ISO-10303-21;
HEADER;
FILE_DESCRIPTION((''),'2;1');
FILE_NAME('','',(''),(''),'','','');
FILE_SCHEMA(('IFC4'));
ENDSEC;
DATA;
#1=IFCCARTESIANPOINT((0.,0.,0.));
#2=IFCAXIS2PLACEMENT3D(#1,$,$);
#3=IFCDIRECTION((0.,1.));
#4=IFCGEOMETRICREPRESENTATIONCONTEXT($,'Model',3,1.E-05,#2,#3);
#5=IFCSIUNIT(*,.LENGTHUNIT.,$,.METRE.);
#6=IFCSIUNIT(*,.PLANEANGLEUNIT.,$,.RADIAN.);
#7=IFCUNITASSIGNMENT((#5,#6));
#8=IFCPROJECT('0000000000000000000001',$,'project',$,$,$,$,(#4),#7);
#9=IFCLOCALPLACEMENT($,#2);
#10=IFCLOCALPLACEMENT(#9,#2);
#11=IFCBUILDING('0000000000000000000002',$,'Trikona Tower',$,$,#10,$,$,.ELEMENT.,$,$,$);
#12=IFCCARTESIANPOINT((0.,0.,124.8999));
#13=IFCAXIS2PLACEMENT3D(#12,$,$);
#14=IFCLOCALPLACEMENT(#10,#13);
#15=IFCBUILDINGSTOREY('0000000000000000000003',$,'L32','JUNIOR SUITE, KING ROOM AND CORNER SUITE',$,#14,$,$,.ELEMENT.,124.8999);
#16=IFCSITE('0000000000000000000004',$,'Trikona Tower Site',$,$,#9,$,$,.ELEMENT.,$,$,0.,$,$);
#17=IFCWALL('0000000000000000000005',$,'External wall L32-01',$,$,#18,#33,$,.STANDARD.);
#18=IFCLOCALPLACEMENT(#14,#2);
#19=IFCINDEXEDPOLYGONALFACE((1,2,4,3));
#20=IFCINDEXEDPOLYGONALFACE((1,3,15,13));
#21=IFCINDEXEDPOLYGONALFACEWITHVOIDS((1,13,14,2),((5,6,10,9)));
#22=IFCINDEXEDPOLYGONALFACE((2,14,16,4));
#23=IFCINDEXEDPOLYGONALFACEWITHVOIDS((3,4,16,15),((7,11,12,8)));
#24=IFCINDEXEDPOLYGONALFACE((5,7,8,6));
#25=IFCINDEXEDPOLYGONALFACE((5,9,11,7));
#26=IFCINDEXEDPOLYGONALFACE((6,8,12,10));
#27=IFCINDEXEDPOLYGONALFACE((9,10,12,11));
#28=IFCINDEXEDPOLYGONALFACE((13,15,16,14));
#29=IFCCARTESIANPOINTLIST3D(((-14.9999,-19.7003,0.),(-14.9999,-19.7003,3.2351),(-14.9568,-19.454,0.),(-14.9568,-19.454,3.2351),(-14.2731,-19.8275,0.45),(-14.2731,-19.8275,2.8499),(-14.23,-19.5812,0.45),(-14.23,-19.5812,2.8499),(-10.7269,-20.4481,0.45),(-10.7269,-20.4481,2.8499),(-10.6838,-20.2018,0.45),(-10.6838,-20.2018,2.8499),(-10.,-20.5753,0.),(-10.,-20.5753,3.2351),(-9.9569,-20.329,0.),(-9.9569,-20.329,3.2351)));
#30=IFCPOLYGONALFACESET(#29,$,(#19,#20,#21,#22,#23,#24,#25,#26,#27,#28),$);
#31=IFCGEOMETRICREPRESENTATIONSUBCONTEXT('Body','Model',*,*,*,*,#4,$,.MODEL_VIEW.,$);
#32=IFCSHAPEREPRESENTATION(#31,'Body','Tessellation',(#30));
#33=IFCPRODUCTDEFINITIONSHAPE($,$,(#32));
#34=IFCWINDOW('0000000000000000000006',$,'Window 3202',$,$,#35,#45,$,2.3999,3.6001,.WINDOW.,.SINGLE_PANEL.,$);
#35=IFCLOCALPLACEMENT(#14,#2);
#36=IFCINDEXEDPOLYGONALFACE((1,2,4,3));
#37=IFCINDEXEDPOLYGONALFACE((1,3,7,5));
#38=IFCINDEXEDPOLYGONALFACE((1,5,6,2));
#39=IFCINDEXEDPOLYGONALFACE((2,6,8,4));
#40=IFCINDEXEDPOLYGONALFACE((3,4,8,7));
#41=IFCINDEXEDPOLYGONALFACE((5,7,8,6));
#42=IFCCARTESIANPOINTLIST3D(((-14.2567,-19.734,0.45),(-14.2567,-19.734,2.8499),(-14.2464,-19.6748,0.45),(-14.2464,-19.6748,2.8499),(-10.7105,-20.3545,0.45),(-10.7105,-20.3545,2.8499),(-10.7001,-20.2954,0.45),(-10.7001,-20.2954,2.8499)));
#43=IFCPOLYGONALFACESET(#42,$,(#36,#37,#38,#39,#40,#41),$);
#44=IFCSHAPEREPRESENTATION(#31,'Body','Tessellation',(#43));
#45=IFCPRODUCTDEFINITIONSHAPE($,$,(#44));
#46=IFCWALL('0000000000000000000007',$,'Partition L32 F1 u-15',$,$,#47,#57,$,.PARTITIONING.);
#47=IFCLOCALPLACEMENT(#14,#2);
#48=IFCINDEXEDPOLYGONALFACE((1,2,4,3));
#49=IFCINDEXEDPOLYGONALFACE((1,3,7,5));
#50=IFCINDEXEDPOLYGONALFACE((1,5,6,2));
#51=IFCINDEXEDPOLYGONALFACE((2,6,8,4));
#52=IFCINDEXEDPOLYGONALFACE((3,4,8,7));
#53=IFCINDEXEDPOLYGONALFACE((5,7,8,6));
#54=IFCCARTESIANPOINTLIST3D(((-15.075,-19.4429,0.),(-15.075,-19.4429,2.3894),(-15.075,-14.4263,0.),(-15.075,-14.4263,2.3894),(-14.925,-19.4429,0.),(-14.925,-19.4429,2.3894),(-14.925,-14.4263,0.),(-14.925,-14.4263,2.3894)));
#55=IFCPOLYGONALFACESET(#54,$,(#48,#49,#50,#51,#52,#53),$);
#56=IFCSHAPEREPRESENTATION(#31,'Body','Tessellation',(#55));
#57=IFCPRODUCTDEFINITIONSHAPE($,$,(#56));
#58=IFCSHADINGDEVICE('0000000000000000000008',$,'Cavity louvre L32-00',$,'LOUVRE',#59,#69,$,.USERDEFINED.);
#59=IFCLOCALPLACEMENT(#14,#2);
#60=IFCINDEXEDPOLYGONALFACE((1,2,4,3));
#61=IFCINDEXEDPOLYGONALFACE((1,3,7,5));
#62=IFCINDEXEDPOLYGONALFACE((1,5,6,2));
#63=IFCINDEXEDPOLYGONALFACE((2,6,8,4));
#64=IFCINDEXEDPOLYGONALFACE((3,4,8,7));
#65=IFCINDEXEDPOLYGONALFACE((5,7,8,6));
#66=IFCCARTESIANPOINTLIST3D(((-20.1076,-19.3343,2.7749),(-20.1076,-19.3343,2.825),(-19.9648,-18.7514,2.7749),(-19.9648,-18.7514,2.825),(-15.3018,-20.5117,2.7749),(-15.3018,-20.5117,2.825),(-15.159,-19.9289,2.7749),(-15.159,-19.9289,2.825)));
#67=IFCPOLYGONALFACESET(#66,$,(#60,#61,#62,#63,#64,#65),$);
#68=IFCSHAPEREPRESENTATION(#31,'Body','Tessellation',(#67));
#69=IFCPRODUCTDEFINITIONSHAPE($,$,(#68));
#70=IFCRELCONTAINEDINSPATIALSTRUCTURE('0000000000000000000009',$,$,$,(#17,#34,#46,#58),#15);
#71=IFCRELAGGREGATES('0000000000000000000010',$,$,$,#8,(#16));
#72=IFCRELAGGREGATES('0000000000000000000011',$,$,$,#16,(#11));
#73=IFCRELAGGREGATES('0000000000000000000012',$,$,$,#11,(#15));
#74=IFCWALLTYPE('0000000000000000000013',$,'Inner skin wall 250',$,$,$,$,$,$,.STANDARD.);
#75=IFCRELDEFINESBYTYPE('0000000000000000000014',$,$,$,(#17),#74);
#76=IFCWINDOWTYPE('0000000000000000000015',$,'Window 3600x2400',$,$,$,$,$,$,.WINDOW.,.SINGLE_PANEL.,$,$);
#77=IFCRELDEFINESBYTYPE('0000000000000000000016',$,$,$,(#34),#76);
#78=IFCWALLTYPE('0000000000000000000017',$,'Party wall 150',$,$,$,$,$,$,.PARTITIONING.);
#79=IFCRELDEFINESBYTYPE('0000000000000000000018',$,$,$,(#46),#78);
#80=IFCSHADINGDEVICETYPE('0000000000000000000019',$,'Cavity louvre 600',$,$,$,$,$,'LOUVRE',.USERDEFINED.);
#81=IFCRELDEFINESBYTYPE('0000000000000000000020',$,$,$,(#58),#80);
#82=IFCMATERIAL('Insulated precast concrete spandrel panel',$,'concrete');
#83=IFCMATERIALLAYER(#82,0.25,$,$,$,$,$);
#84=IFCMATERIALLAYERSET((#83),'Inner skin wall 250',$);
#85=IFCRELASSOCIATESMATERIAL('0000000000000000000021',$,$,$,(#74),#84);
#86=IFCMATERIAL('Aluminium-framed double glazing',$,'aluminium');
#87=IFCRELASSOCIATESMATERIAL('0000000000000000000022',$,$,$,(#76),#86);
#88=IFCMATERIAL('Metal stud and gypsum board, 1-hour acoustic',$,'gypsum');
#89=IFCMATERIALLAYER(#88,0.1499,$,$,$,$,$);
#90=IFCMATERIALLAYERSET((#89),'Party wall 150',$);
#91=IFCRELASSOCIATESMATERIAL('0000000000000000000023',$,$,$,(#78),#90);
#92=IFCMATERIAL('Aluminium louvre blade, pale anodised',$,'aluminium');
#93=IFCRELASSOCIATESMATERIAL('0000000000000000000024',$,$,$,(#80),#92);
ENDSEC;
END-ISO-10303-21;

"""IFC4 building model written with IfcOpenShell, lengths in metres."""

from ifc_helpers import new_model, si_unit, direction, frame, frame_2d, origin, origin_2d, place, context, subcontext, project, spatial, rectangle, extrude, material, layer, layer_set, type_object, element, fill, save


model = new_model("IFC4")

# Units and contexts
model_context = context("Model", 3, precision=1e-05, world=origin(), true_north=direction((0.0, 1.0)))
body_context = subcontext(model_context, "Body", "Model", "MODEL_VIEW")
ifc_project = project(units=[si_unit("LENGTHUNIT", "METRE"), si_unit("PLANEANGLEUNIT", "RADIAN")], contexts=[model_context])

# Site, building, storey
site_placement = place(None, origin())
site = spatial("IfcSite", under=ifc_project, at=site_placement, Name="Trikona Tower Site", CompositionType="ELEMENT", RefElevation=0.0)
building_placement = place(site_placement, origin())
building = spatial("IfcBuilding", under=site, at=building_placement, Name="Trikona Tower", CompositionType="ELEMENT")
storey_placement = place(building_placement, frame((0.0, 0.0, 124.8999)))
storey = spatial("IfcBuildingStorey", under=building, at=storey_placement, Name="L32", Description="JUNIOR SUITE, KING ROOM AND CORNER SUITE", CompositionType="ELEMENT", Elevation=124.8999)

# Wall, opening, window
ifc_material_1 = material(Name="Insulated precast concrete spandrel panel", Category="concrete")
ifc_layer_1 = layer(ifc_material_1, 0.25)
ifc_layer_set_1 = layer_set([ifc_layer_1], Name="Inner skin wall 250")
wall_type_1 = type_object("IfcWallType", Name="Inner skin wall 250", PredefinedType="STANDARD", material=ifc_layer_set_1)
wall_1_placement = place(storey_placement, frame((-14.9785, -19.5771, 0.0), z_axis=(0.0, 0.0, 1.0), x_axis=(0.98503, -0.17238, 0.0)))
wall_1 = element("IfcWall", 1, at=wall_1_placement, inside=storey, type_object=wall_type_1, Name="External wall L32-01", PredefinedType="STANDARD", context=body_context, shape_type="SweptSolid", body=[
    extrude(rectangle(XDim=5.0759, YDim=0.25, at=frame_2d((2.5381, 0.0))), origin(), (0.0, 0.0, 1.0), 3.2351),
])
opening_1_placement = place(wall_1_placement, frame((0.738, 0.0, 0.45)))
opening_1 = element("IfcOpeningElement", 2, at=opening_1_placement, cuts=wall_1, PredefinedType="OPENING", context=body_context, shape_type="SweptSolid", body=[
    extrude(rectangle(XDim=3.6001, YDim=2.3999, at=frame_2d((1.8, 1.2))), frame((0.0, 0.135, 0.0), z_axis=(0.0, -1.0, 0.0), x_axis=(1.0, 0.0, 0.0)), (0.0, 0.0, 1.0), 0.27),
])
ifc_material_2 = material(Name="Aluminium-framed double glazing", Category="aluminium")
window_type = type_object("IfcWindowType", Name="Window 3600x2400", PartitioningType="SINGLE_PANEL", PredefinedType="WINDOW", material=ifc_material_2)
window_placement = place(opening_1_placement, origin())
window = element("IfcWindow", 3, at=window_placement, inside=storey, type_object=window_type, Name="Window 3202", OverallHeight=2.3999, OverallWidth=3.6001, PartitioningType="SINGLE_PANEL", PredefinedType="WINDOW", context=body_context, shape_type="SweptSolid", body=[
    extrude(rectangle(XDim=3.6001, YDim=2.3999, at=frame_2d((1.8, 1.2))), frame((0.0, 0.03, 0.0), z_axis=(0.0, -1.0, 0.0), x_axis=(1.0, 0.0, 0.0)), (0.0, 0.0, 1.0), 0.0601),
])
fill(opening_1, window)

# Wall
ifc_material_3 = material(Name="Metal stud and gypsum board, 1-hour acoustic", Category="gypsum")
ifc_layer_2 = layer(ifc_material_3, 0.1499)
ifc_layer_set_2 = layer_set([ifc_layer_2], Name="Party wall 150")
wall_type_2 = type_object("IfcWallType", Name="Party wall 150", PredefinedType="PARTITIONING", material=ifc_layer_set_2)
wall_2_placement = place(storey_placement, frame((-15.0, -14.4263, 0.0), z_axis=(0.0, 0.0, 1.0), x_axis=(0.0, -1.0, 0.0)))
element("IfcWall", 4, at=wall_2_placement, inside=storey, type_object=wall_type_2, Name="Partition L32 F1 u-15", PredefinedType="PARTITIONING", context=body_context, shape_type="SweptSolid", body=[
    extrude(rectangle(XDim=5.0166, YDim=0.1499, at=frame_2d((2.5083, 0.0))), origin(), (0.0, 0.0, 1.0), 2.3894),
])

# Shading device
ifc_material_4 = material(Name="Aluminium louvre blade, pale anodised", Category="aluminium")
shading_device_type = type_object("IfcShadingDeviceType", Name="Cavity louvre 600", ElementType="LOUVRE", PredefinedType="USERDEFINED", material=ifc_material_4)
shading_device_placement = place(storey_placement, frame((-17.6333, -19.6316, 2.7749), z_axis=(0.0, 0.0, 1.0), x_axis=(0.971274, -0.237962, 0.0)))
element("IfcShadingDevice", 5, at=shading_device_placement, inside=storey, type_object=shading_device_type, Name="Cavity louvre L32-00", ObjectType="LOUVRE", PredefinedType="USERDEFINED", context=body_context, shape_type="SweptSolid", body=[
    extrude(rectangle(XDim=4.948, YDim=0.6001, at=origin_2d()), origin(), (0.0, 0.0, 1.0), 0.05),
])

save(model, "model.ifc")
